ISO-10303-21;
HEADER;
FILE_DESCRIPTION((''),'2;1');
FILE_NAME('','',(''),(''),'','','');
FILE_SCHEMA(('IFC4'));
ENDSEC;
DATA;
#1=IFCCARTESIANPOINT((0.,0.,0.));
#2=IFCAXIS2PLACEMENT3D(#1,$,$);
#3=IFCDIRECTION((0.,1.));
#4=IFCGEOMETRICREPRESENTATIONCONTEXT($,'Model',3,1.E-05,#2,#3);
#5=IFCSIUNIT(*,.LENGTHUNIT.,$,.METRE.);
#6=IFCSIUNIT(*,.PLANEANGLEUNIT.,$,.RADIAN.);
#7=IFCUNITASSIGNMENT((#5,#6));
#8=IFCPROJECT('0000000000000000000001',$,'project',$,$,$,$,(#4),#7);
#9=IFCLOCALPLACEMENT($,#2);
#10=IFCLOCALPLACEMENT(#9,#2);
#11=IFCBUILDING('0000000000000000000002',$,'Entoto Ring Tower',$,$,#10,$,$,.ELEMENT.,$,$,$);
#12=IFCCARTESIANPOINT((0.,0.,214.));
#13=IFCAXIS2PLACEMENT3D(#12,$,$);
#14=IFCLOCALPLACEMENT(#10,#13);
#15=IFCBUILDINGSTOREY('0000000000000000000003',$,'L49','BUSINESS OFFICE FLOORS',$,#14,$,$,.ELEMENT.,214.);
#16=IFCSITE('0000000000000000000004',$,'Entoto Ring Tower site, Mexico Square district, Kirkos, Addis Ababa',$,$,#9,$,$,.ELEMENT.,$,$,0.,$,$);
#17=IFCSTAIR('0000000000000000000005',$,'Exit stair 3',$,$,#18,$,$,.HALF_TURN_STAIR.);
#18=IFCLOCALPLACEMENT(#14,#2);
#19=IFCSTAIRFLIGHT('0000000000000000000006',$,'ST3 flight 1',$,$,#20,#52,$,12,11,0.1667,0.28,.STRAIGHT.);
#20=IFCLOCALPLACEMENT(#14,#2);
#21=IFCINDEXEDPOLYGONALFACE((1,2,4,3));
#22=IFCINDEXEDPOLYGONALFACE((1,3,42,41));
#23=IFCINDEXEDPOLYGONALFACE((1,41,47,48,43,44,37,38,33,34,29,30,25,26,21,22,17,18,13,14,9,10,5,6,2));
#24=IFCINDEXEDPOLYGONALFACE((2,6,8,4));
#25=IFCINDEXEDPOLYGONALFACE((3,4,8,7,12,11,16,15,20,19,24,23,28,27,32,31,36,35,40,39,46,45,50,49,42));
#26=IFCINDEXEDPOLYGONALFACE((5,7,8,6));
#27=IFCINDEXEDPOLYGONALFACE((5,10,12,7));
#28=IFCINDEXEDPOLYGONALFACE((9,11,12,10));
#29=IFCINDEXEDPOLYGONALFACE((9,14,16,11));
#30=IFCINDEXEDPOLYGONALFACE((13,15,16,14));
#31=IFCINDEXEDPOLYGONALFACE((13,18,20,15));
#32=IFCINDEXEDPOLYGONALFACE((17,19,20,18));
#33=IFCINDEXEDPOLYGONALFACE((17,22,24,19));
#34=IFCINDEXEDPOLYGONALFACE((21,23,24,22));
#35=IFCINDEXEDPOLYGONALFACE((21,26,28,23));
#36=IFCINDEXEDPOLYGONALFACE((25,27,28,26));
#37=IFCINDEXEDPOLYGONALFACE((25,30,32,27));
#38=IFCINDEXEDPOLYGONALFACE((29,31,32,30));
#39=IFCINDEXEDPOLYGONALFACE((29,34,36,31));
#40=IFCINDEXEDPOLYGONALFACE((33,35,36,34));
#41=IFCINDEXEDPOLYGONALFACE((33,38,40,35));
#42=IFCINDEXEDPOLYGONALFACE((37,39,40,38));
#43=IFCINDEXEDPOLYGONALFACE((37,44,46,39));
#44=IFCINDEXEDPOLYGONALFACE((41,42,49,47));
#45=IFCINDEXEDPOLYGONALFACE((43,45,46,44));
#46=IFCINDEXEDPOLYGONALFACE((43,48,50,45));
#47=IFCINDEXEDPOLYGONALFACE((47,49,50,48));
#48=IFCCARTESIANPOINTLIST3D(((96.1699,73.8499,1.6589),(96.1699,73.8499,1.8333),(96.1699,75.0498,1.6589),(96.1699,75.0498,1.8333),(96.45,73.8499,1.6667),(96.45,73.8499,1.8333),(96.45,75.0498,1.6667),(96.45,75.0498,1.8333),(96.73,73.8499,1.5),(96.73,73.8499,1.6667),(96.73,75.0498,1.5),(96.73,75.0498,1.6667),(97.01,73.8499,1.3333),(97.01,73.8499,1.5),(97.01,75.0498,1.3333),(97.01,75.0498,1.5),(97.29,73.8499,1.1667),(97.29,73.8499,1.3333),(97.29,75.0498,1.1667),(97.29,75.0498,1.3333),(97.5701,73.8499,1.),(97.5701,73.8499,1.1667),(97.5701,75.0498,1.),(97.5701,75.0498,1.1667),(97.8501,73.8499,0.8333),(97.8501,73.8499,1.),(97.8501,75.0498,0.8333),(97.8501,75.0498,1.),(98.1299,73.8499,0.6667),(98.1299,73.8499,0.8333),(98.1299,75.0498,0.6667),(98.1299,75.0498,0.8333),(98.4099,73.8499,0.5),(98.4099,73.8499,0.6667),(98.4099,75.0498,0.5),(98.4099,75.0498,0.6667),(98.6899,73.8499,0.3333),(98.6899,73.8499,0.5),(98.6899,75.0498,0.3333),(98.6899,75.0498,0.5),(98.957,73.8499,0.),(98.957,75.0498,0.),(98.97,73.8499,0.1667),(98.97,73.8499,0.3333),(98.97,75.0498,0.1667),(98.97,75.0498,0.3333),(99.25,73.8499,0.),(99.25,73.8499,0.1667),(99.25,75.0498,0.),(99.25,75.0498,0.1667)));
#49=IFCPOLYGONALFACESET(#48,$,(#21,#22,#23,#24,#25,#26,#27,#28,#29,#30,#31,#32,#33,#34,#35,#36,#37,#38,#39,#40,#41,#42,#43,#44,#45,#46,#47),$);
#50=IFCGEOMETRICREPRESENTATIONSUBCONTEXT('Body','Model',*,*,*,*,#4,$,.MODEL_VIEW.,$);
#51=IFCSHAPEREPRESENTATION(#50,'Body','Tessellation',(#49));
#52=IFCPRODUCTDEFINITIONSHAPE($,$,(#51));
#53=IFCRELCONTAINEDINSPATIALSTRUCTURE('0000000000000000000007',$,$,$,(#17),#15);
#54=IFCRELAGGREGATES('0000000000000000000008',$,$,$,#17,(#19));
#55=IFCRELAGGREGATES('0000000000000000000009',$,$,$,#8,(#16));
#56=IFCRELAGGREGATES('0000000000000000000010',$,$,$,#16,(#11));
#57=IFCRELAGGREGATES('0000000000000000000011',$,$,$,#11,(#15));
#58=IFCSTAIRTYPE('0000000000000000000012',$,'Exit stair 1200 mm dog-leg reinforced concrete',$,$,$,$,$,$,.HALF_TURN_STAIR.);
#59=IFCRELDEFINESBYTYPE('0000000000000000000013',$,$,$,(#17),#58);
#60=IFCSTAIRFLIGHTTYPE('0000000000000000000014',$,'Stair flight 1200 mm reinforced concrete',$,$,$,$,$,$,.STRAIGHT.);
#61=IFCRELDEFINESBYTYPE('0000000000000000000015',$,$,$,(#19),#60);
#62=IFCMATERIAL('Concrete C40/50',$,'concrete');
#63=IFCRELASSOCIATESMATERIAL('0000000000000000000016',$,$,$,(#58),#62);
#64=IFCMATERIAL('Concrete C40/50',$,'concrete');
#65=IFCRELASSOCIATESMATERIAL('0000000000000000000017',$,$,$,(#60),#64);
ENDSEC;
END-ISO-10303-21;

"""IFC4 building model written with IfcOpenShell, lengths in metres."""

from ifc_helpers import new_model, si_unit, direction, frame, origin, place, context, subcontext, project, spatial, polyline, outline, extrude, material, type_object, element, aggregate, save


model = new_model("IFC4")

# Units and contexts
model_context = context("Model", 3, precision=1e-05, world=origin(), true_north=direction((0.0, 1.0)))
body_context = subcontext(model_context, "Body", "Model", "MODEL_VIEW")
ifc_project = project(units=[si_unit("LENGTHUNIT", "METRE"), si_unit("PLANEANGLEUNIT", "RADIAN")], contexts=[model_context])

# Site, building, storey
site_placement = place(None, origin())
site = spatial("IfcSite", under=ifc_project, at=site_placement, Name="Entoto Ring Tower site, Mexico Square district, Kirkos, Addis Ababa", CompositionType="ELEMENT", RefElevation=0.0)
building_placement = place(site_placement, origin())
building = spatial("IfcBuilding", under=site, at=building_placement, Name="Entoto Ring Tower", CompositionType="ELEMENT")
storey_placement = place(building_placement, frame((0.0, 0.0, 214.0)))
storey = spatial("IfcBuildingStorey", under=building, at=storey_placement, Name="L49", Description="BUSINESS OFFICE FLOORS", CompositionType="ELEMENT", Elevation=214.0)

# Stair, stair flight
ifc_material_1 = material(Name="Concrete C40/50", Category="concrete")
stair_type = type_object("IfcStairType", Name="Exit stair 1200 mm dog-leg reinforced concrete", PredefinedType="HALF_TURN_STAIR", material=ifc_material_1)
stair_placement = place(storey_placement, origin())
stair = element("IfcStair", 1, at=stair_placement, inside=storey, type_object=stair_type, Name="Exit stair 3", PredefinedType="HALF_TURN_STAIR")
ifc_material_2 = material(Name="Concrete C40/50", Category="concrete")
stair_flight_type = type_object("IfcStairFlightType", Name="Stair flight 1200 mm reinforced concrete", PredefinedType="STRAIGHT", material=ifc_material_2)
stair_flight_placement = place(storey_placement, frame((99.25, 74.45, 0.0), z_axis=(0.0, 0.0, 1.0), x_axis=(-1.0, 0.0, 0.0)))
stair_flight = element("IfcStairFlight", 2, at=stair_flight_placement, type_object=stair_flight_type, Name="ST3 flight 1", NumberOfRisers=12, NumberOfTreads=11, PredefinedType="STRAIGHT", RiserHeight=0.1667, TreadLength=0.28, context=body_context, shape_type="SweptSolid", body=[
    extrude(outline(polyline([(0.0, 0.0), (0.0, 0.1667), (0.28, 0.1667), (0.28, 0.3333), (0.5601, 0.3333), (0.5601, 0.5), (0.8401, 0.5), (0.8401, 0.6667), (1.1201, 0.6667), (1.1201, 0.8333), (1.3999, 0.8333), (1.3999, 1.0), (1.6799, 1.0), (1.6799, 1.1667), (1.96, 1.1667), (1.96, 1.3333), (2.24, 1.3333), (2.24, 1.5), (2.52, 1.5), (2.52, 1.6667), (2.8, 1.6667), (2.8, 1.8333), (3.0801, 1.8333), (3.0801, 2.0), (3.0801, 1.6589), (0.293, 0.0), (0.0, 0.0)])), frame((0.0, 0.6001, 0.0), z_axis=(0.0, -1.0, 0.0), x_axis=(1.0, 0.0, 0.0)), (0.0, 0.0, 1.0), 1.2),
])
aggregate(stair, [stair_flight])

save(model, "model.ifc")
